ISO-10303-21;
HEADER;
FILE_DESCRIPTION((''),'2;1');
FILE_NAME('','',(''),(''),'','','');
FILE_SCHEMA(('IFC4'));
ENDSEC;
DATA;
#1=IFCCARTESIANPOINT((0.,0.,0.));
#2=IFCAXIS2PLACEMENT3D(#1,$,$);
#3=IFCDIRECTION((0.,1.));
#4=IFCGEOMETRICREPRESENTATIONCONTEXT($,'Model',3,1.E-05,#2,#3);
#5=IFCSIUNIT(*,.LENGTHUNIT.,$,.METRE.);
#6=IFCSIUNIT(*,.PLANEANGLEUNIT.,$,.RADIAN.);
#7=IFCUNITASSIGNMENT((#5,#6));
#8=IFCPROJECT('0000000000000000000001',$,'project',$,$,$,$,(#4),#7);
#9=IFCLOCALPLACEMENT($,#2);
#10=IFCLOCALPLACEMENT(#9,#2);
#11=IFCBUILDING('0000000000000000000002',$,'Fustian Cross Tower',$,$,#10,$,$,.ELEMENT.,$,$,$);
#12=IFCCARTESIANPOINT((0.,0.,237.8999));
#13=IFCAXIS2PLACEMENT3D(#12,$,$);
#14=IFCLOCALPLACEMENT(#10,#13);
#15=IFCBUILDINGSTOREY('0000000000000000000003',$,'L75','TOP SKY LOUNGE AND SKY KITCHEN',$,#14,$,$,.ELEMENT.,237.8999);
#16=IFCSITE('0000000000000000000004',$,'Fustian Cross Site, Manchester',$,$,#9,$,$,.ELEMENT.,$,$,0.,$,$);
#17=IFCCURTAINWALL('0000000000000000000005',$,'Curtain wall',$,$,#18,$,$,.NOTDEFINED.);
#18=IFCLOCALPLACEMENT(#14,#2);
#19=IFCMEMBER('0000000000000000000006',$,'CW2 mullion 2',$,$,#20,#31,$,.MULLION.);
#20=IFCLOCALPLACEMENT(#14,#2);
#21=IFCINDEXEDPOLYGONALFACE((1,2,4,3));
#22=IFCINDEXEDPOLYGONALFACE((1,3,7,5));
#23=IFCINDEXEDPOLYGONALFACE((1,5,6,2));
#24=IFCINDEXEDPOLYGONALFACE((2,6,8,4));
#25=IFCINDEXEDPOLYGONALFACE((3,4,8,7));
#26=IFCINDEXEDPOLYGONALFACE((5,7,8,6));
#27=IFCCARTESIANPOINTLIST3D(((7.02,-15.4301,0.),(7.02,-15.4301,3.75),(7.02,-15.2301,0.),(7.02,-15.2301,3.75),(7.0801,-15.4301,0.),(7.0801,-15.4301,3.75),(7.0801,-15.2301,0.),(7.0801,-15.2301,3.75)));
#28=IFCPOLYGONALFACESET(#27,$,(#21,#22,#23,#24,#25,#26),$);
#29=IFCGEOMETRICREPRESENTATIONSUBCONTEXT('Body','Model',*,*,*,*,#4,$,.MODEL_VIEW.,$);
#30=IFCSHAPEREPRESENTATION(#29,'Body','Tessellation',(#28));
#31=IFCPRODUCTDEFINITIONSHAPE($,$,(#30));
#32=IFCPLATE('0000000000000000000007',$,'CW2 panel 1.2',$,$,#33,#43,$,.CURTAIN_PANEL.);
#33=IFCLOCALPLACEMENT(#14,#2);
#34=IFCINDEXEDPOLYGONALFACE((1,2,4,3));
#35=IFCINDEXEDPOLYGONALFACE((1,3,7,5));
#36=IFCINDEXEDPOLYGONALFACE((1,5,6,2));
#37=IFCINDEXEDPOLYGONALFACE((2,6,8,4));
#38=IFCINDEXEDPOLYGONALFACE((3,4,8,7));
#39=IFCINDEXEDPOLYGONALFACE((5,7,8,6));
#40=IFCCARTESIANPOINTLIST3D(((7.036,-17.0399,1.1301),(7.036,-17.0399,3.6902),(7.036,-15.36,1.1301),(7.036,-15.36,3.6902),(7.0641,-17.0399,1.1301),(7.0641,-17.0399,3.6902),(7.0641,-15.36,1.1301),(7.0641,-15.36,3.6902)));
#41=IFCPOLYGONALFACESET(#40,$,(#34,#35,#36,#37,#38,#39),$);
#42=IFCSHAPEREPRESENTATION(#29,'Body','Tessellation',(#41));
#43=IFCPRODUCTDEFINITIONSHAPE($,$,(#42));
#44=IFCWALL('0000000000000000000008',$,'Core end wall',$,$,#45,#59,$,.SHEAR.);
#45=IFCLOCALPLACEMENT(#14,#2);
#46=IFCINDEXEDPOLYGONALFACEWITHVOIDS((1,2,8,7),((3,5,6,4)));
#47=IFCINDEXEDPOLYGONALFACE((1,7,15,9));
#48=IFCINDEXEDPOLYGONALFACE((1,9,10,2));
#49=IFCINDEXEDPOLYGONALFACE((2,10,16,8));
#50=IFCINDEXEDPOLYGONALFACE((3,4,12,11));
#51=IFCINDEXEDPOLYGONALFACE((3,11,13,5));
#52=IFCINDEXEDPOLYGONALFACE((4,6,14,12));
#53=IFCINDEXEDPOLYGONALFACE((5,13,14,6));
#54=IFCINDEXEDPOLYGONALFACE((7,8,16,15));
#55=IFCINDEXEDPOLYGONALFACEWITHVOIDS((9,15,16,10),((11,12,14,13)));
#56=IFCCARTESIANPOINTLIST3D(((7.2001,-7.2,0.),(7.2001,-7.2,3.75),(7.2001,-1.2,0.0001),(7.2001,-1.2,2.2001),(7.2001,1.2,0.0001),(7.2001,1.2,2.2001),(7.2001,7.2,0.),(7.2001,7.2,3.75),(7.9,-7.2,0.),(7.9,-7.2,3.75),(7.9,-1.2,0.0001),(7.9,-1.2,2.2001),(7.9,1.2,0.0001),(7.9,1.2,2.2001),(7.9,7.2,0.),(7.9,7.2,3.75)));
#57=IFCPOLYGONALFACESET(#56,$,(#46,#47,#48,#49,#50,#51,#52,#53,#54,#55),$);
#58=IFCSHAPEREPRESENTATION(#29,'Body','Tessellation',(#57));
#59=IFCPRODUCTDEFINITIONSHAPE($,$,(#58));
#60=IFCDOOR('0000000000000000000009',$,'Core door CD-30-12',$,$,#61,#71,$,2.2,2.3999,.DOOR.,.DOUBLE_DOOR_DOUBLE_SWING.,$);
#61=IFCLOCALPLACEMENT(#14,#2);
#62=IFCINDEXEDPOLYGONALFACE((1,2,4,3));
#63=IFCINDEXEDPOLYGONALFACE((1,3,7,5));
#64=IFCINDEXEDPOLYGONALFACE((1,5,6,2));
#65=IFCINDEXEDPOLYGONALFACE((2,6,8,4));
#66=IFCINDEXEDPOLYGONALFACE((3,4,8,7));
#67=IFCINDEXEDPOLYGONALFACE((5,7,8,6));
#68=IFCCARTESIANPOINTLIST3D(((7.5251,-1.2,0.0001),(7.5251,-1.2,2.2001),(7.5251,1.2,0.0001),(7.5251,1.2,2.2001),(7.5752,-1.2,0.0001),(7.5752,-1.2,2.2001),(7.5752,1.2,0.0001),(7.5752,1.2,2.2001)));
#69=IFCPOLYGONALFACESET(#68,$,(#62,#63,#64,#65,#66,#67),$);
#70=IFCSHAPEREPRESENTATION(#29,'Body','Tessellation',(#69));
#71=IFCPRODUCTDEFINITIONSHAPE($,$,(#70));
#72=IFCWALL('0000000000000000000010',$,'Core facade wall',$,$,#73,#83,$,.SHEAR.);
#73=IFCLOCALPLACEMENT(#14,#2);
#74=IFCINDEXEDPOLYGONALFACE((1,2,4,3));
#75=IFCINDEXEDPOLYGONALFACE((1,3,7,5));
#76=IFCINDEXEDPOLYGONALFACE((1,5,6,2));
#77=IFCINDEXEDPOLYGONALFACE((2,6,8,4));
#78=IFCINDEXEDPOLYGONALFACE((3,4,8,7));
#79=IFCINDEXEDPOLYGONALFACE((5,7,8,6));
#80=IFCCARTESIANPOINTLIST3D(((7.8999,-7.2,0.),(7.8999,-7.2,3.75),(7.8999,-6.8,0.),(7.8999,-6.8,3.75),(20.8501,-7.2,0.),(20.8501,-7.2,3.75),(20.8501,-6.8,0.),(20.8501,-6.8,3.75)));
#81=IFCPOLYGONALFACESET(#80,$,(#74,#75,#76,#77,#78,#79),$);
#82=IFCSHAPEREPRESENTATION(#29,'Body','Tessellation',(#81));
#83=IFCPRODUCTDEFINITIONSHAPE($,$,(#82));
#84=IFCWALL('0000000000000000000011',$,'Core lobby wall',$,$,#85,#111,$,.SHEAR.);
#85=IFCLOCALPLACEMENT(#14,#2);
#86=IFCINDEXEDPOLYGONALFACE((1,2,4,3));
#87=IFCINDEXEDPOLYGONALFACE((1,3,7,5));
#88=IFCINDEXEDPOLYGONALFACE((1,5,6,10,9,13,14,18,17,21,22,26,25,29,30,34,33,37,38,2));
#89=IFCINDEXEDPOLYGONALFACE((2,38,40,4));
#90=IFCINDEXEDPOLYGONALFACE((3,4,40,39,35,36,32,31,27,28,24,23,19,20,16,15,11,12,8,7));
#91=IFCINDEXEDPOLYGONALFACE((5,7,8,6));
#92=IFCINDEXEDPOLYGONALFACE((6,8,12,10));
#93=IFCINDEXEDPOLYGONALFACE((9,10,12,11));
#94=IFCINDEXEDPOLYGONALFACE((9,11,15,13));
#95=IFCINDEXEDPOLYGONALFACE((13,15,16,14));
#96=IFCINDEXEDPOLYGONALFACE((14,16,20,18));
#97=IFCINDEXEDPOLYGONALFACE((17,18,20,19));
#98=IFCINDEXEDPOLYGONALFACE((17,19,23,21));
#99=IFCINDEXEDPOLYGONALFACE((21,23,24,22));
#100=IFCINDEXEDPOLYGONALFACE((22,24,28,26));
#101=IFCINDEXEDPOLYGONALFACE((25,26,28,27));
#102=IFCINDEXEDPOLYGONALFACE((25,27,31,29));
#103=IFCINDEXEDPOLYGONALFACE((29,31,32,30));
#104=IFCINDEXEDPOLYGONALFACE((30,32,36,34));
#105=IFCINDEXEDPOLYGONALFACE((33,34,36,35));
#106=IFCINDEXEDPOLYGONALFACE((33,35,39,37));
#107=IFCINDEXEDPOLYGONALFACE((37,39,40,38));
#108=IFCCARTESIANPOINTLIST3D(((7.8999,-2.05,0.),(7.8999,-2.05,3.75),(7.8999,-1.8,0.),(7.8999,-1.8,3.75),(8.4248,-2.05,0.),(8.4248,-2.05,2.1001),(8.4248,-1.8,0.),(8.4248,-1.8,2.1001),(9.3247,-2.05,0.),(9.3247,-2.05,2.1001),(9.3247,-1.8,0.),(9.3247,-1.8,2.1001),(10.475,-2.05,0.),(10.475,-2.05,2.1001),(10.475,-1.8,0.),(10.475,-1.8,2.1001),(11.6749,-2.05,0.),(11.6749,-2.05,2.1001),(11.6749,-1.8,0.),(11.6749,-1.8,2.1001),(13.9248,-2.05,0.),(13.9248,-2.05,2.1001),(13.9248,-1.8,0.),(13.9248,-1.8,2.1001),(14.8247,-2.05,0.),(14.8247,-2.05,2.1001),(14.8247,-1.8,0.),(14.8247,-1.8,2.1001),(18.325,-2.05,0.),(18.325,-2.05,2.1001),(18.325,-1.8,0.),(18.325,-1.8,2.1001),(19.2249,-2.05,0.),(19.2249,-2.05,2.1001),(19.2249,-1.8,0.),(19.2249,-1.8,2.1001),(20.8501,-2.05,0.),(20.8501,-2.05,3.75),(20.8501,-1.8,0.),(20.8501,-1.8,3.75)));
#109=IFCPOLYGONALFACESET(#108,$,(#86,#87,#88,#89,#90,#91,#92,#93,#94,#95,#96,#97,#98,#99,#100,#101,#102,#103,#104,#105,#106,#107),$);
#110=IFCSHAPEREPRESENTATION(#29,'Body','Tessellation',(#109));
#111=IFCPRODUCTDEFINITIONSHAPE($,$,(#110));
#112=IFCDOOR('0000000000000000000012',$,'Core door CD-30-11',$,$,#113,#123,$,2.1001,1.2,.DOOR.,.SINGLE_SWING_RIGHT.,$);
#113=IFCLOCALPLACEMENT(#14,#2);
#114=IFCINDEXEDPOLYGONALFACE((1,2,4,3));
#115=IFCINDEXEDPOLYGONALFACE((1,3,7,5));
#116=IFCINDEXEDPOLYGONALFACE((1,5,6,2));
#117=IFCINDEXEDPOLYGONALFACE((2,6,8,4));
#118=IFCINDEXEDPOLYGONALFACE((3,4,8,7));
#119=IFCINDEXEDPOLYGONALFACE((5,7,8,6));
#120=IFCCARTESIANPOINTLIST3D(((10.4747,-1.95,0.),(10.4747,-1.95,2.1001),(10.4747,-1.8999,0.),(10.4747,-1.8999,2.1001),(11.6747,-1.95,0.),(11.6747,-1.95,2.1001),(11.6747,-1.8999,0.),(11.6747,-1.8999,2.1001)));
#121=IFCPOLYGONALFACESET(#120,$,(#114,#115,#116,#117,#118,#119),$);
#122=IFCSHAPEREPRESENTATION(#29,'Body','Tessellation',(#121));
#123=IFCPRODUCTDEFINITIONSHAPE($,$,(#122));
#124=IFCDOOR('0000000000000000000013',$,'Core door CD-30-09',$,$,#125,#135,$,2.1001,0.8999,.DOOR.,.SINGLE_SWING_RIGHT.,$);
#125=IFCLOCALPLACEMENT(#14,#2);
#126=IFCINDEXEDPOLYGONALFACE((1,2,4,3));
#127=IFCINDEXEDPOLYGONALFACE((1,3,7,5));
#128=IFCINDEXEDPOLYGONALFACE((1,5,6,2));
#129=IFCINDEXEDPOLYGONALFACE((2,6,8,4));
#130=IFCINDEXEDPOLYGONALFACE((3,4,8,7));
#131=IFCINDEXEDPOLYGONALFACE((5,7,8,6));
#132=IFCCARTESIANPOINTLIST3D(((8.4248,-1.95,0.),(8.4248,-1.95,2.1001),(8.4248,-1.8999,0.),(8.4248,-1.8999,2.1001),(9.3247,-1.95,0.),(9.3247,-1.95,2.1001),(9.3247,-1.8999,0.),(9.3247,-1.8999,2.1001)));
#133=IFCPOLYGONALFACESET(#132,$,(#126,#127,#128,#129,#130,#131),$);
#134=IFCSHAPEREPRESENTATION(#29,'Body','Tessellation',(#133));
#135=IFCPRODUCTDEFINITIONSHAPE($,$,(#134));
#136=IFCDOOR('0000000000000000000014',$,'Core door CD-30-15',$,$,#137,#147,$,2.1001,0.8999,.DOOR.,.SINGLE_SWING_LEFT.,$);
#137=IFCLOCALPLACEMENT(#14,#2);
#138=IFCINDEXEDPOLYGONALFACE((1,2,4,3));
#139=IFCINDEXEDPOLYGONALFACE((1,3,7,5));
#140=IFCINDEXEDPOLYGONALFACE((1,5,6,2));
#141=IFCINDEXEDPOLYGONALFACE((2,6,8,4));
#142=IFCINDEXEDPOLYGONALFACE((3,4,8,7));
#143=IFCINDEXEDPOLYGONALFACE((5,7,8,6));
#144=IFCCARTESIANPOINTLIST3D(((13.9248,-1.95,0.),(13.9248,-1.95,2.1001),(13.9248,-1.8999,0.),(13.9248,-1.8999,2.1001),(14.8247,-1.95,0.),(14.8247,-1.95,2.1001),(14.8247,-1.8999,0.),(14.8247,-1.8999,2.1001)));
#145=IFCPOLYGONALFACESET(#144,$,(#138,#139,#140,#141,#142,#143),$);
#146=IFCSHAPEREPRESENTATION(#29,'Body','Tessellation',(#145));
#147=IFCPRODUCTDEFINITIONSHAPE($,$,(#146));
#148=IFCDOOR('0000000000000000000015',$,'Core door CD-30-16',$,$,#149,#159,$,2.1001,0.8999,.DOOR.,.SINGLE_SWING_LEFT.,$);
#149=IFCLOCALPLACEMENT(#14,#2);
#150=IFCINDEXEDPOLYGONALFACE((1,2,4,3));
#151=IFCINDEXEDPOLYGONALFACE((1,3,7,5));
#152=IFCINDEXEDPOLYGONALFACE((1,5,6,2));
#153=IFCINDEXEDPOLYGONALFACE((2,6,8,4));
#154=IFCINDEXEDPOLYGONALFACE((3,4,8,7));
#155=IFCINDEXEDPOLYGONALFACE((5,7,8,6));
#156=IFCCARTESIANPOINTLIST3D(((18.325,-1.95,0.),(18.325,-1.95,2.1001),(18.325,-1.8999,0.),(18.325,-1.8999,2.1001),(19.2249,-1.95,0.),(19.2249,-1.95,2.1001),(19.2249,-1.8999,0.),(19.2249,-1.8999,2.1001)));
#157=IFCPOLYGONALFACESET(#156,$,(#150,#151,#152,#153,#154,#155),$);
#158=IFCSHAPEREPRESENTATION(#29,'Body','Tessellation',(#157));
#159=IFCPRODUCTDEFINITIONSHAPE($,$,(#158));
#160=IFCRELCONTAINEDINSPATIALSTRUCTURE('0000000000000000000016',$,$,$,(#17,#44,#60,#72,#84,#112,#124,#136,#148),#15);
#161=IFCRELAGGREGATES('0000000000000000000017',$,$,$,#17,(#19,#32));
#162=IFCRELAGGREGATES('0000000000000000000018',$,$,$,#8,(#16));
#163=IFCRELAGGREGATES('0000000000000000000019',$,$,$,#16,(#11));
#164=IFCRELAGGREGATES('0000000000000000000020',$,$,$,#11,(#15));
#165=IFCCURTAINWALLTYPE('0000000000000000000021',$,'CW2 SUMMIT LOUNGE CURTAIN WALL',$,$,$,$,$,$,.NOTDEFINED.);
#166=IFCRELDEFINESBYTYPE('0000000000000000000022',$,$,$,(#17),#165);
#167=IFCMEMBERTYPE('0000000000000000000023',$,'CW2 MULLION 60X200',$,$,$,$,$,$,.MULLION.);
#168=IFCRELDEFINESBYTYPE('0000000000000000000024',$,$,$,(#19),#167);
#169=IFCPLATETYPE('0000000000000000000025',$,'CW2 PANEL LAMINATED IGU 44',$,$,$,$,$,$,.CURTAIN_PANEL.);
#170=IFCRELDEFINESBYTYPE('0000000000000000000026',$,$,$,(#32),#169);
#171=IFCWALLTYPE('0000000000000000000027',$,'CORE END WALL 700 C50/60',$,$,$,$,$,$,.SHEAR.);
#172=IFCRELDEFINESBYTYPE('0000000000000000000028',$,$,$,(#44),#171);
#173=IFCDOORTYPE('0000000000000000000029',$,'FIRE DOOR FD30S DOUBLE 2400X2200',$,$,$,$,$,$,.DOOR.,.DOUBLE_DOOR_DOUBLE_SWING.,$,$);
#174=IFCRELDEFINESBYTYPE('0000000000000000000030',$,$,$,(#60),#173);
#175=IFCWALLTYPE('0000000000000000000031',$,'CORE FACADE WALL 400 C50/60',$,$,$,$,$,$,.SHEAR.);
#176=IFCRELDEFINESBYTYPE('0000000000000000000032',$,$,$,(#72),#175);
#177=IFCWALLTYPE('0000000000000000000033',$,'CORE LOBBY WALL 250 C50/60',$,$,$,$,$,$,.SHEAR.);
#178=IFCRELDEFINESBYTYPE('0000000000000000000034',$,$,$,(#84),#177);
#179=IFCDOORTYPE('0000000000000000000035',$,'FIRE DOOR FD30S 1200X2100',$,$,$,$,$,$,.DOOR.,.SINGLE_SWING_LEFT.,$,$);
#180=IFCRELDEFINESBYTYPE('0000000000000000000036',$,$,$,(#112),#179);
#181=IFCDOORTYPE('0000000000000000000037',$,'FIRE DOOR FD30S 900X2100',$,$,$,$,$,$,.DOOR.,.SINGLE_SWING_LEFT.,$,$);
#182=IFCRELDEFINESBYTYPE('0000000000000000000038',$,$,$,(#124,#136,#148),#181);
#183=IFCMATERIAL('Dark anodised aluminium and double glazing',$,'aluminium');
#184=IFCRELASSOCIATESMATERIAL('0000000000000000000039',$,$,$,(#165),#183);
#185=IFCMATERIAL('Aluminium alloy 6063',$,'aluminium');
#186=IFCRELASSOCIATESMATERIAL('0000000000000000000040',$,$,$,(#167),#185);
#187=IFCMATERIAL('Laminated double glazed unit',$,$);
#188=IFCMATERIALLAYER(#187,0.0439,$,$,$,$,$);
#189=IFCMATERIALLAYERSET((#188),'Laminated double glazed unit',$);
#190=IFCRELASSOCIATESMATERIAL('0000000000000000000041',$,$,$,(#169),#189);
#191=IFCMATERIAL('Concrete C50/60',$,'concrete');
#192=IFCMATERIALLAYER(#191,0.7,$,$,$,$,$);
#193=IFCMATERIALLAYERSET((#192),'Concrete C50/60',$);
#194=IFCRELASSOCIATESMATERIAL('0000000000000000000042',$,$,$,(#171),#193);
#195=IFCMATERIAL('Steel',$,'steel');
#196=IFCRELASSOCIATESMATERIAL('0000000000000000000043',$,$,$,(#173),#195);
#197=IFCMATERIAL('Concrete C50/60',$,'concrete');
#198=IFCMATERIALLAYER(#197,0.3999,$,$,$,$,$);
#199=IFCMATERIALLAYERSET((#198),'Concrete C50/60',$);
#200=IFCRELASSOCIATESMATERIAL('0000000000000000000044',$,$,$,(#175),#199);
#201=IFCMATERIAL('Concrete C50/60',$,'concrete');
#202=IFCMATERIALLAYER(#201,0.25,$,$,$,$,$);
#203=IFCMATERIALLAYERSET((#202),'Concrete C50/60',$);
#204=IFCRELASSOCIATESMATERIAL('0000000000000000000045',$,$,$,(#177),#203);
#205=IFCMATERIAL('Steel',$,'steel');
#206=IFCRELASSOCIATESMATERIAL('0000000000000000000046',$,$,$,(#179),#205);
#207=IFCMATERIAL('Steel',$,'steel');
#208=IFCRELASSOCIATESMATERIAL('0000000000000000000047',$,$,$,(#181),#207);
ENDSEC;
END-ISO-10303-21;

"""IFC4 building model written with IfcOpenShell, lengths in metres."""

from ifc_helpers import new_model, si_unit, direction, frame, frame_2d, origin, origin_2d, place, context, subcontext, project, spatial, rectangle, extrude, material, layer, layer_set, material_profile, profile_set, type_object, element, fill, aggregate, save


model = new_model("IFC4")

# Units and contexts
model_context = context("Model", 3, precision=1e-05, world=origin(), true_north=direction((0.0, 1.0)))
body_context = subcontext(model_context, "Body", "Model", "MODEL_VIEW")
ifc_project = project(units=[si_unit("LENGTHUNIT", "METRE"), si_unit("PLANEANGLEUNIT", "RADIAN")], contexts=[model_context])

# Site, building, storey
site_placement = place(None, origin())
site = spatial("IfcSite", under=ifc_project, at=site_placement, Name="Fustian Cross Site, Manchester", CompositionType="ELEMENT", RefElevation=0.0)
building_placement = place(site_placement, origin())
building = spatial("IfcBuilding", under=site, at=building_placement, Name="Fustian Cross Tower", CompositionType="ELEMENT")
storey_placement = place(building_placement, frame((0.0, 0.0, 237.8999)))
storey = spatial("IfcBuildingStorey", under=building, at=storey_placement, Name="L75", Description="TOP SKY LOUNGE AND SKY KITCHEN", CompositionType="ELEMENT", Elevation=237.8999)

# Curtain wall, member, plate
ifc_material_1 = material(Name="Dark anodised aluminium and double glazing", Category="aluminium")
curtain_wall_type = type_object("IfcCurtainWallType", Name="CW2 SUMMIT LOUNGE CURTAIN WALL", PredefinedType="NOTDEFINED", material=ifc_material_1)
curtain_wall_placement = place(storey_placement, origin())
curtain_wall = element("IfcCurtainWall", 1, at=curtain_wall_placement, inside=storey, type_object=curtain_wall_type, Name="Curtain wall", PredefinedType="NOTDEFINED")
ifc_material_2 = material(Name="Aluminium alloy 6063", Category="aluminium")
ifc_material_profile = material_profile(ifc_material_2, rectangle(XDim=0.0601, YDim=0.2, at=origin_2d()), Name="CW2 MULLION 60X200")
ifc_profile_set = profile_set([ifc_material_profile], Name="Aluminium alloy 6063")
member_type = type_object("IfcMemberType", Name="CW2 MULLION 60X200", PredefinedType="MULLION", material=ifc_profile_set)
member_placement = place(storey_placement, frame((7.05, -15.3301, 0.0), z_axis=(0.0, 0.0, 1.0), x_axis=(-1.0, 0.0, 0.0)))
member = element("IfcMember", 2, at=member_placement, type_object=member_type, Name="CW2 mullion 2", PredefinedType="MULLION", context=body_context, shape_type="SweptSolid", body=[
    extrude(rectangle(XDim=0.0601, YDim=0.2, at=origin_2d()), origin(), (0.0, 0.0, 1.0), 3.75),
])
ifc_material_3 = material(Name="Laminated double glazed unit")
ifc_layer_1 = layer(ifc_material_3, 0.0439)
ifc_layer_set_1 = layer_set([ifc_layer_1], Name="Laminated double glazed unit")
plate_type = type_object("IfcPlateType", Name="CW2 PANEL LAMINATED IGU 44", PredefinedType="CURTAIN_PANEL", material=ifc_layer_set_1)
plate_placement = place(storey_placement, frame((7.05, -16.2, 1.1301), z_axis=(0.0, 0.0, 1.0), x_axis=(0.0, 1.0, 0.0)))
plate = element("IfcPlate", 3, at=plate_placement, type_object=plate_type, Name="CW2 panel 1.2", PredefinedType="CURTAIN_PANEL", context=body_context, shape_type="SweptSolid", body=[
    extrude(rectangle(XDim=1.6799, YDim=0.0281, at=origin_2d()), origin(), (0.0, 0.0, 1.0), 2.5601),
])
aggregate(curtain_wall, [member, plate])

# Wall, opening, door
ifc_material_4 = material(Name="Concrete C50/60", Category="concrete")
ifc_layer_2 = layer(ifc_material_4, 0.7)
ifc_layer_set_2 = layer_set([ifc_layer_2], Name="Concrete C50/60")
wall_type_1 = type_object("IfcWallType", Name="CORE END WALL 700 C50/60", PredefinedType="SHEAR", material=ifc_layer_set_2)
wall_1_placement = place(storey_placement, frame((7.55, -7.2, 0.0), z_axis=(0.0, 0.0, 1.0), x_axis=(0.0, 1.0, 0.0)))
wall_1 = element("IfcWall", 4, at=wall_1_placement, inside=storey, type_object=wall_type_1, Name="Core end wall", PredefinedType="SHEAR", context=body_context, shape_type="SweptSolid", body=[
    extrude(rectangle(XDim=14.3999, YDim=0.7, at=frame_2d((7.2, 0.0))), origin(), (0.0, 0.0, 1.0), 3.75),
])
opening_1_placement = place(wall_1_placement, frame((6.0, 0.0, 0.0)))
opening_1 = element("IfcOpeningElement", 5, at=opening_1_placement, cuts=wall_1, PredefinedType="OPENING", context=body_context, shape_type="SweptSolid", body=[
    extrude(rectangle(XDim=2.3999, YDim=2.2, at=frame_2d((1.2, 1.1001))), frame((0.0, 0.3599, 0.0), z_axis=(0.0, -1.0, 0.0), x_axis=(1.0, 0.0, 0.0)), (0.0, 0.0, 1.0), 0.72),
])
ifc_material_5 = material(Name="Steel", Category="steel")
door_type_1 = type_object("IfcDoorType", Name="FIRE DOOR FD30S DOUBLE 2400X2200", OperationType="DOUBLE_DOOR_DOUBLE_SWING", PredefinedType="DOOR", material=ifc_material_5)
door_1_placement = place(opening_1_placement, origin())
door_1 = element("IfcDoor", 6, at=door_1_placement, inside=storey, type_object=door_type_1, Name="Core door CD-30-12", OperationType="DOUBLE_DOOR_DOUBLE_SWING", OverallHeight=2.2, OverallWidth=2.3999, PredefinedType="DOOR", context=body_context, shape_type="SweptSolid", body=[
    extrude(rectangle(XDim=2.3999, YDim=2.2, at=frame_2d((1.2, 1.1001))), frame((0.0, 0.0249, 0.0), z_axis=(0.0, -1.0, 0.0), x_axis=(1.0, 0.0, 0.0)), (0.0, 0.0, 1.0), 0.05),
])
fill(opening_1, door_1)

# Wall
ifc_material_6 = material(Name="Concrete C50/60", Category="concrete")
ifc_layer_3 = layer(ifc_material_6, 0.3999)
ifc_layer_set_3 = layer_set([ifc_layer_3], Name="Concrete C50/60")
wall_type_2 = type_object("IfcWallType", Name="CORE FACADE WALL 400 C50/60", PredefinedType="SHEAR", material=ifc_layer_set_3)
wall_2_placement = place(storey_placement, frame((7.8999, -7.0, 0.0), z_axis=(0.0, 0.0, 1.0), x_axis=(1.0, 0.0, 0.0)))
element("IfcWall", 7, at=wall_2_placement, inside=storey, type_object=wall_type_2, Name="Core facade wall", PredefinedType="SHEAR", context=body_context, shape_type="SweptSolid", body=[
    extrude(rectangle(XDim=12.9502, YDim=0.3999, at=frame_2d((6.4751, 0.0))), origin(), (0.0, 0.0, 1.0), 3.75),
])

# Wall, openings, doors
ifc_material_7 = material(Name="Concrete C50/60", Category="concrete")
ifc_layer_4 = layer(ifc_material_7, 0.25)
ifc_layer_set_4 = layer_set([ifc_layer_4], Name="Concrete C50/60")
wall_type_3 = type_object("IfcWallType", Name="CORE LOBBY WALL 250 C50/60", PredefinedType="SHEAR", material=ifc_layer_set_4)
wall_3_placement = place(storey_placement, frame((7.8999, -1.925, 0.0), z_axis=(0.0, 0.0, 1.0), x_axis=(1.0, 0.0, 0.0)))
wall_3 = element("IfcWall", 8, at=wall_3_placement, inside=storey, type_object=wall_type_3, Name="Core lobby wall", PredefinedType="SHEAR", context=body_context, shape_type="SweptSolid", body=[
    extrude(rectangle(XDim=12.9502, YDim=0.25, at=frame_2d((6.4751, 0.0))), origin(), (0.0, 0.0, 1.0), 3.75),
])
opening_2_placement = place(wall_3_placement, frame((0.5249, 0.0, 0.0)))
opening_2 = element("IfcOpeningElement", 9, at=opening_2_placement, cuts=wall_3, PredefinedType="OPENING", context=body_context, shape_type="SweptSolid", body=[
    extrude(rectangle(XDim=0.8999, YDim=2.1001, at=frame_2d((0.45, 1.05))), frame((0.0, 0.135, 0.0), z_axis=(0.0, -1.0, 0.0), x_axis=(1.0, 0.0, 0.0)), (0.0, 0.0, 1.0), 0.27),
])
opening_3_placement = place(wall_3_placement, frame((2.575, 0.0, 0.0)))
opening_3 = element("IfcOpeningElement", 10, at=opening_3_placement, cuts=wall_3, PredefinedType="OPENING", context=body_context, shape_type="SweptSolid", body=[
    extrude(rectangle(XDim=1.2, YDim=2.1001, at=frame_2d((0.6001, 1.05))), frame((0.0, 0.135, 0.0), z_axis=(0.0, -1.0, 0.0), x_axis=(1.0, 0.0, 0.0)), (0.0, 0.0, 1.0), 0.27),
])
opening_4_placement = place(wall_3_placement, frame((6.0249, 0.0, 0.0)))
opening_4 = element("IfcOpeningElement", 11, at=opening_4_placement, cuts=wall_3, PredefinedType="OPENING", context=body_context, shape_type="SweptSolid", body=[
    extrude(rectangle(XDim=0.8999, YDim=2.1001, at=frame_2d((0.45, 1.05))), frame((0.0, 0.135, 0.0), z_axis=(0.0, -1.0, 0.0), x_axis=(1.0, 0.0, 0.0)), (0.0, 0.0, 1.0), 0.27),
])
opening_5_placement = place(wall_3_placement, frame((10.425, 0.0, 0.0)))
opening_5 = element("IfcOpeningElement", 12, at=opening_5_placement, cuts=wall_3, PredefinedType="OPENING", context=body_context, shape_type="SweptSolid", body=[
    extrude(rectangle(XDim=0.8999, YDim=2.1001, at=frame_2d((0.45, 1.05))), frame((0.0, 0.135, 0.0), z_axis=(0.0, -1.0, 0.0), x_axis=(1.0, 0.0, 0.0)), (0.0, 0.0, 1.0), 0.27),
])
ifc_material_8 = material(Name="Steel", Category="steel")
door_type_2 = type_object("IfcDoorType", Name="FIRE DOOR FD30S 1200X2100", OperationType="SINGLE_SWING_LEFT", PredefinedType="DOOR", material=ifc_material_8)
door_2_placement = place(opening_3_placement, frame((1.2, 0.0, 0.0), z_axis=(0.0, 0.0, 1.0), x_axis=(-1.0, 0.0, 0.0)))
door_2 = element("IfcDoor", 13, at=door_2_placement, inside=storey, type_object=door_type_2, Name="Core door CD-30-11", OperationType="SINGLE_SWING_RIGHT", OverallHeight=2.1001, OverallWidth=1.2, PredefinedType="DOOR", context=body_context, shape_type="SweptSolid", body=[
    extrude(rectangle(XDim=1.2, YDim=2.1001, at=frame_2d((0.6001, 1.05))), frame((0.0, 0.0249, 0.0), z_axis=(0.0, -1.0, 0.0), x_axis=(1.0, 0.0, 0.0)), (0.0, 0.0, 1.0), 0.05),
])
fill(opening_3, door_2)
ifc_material_9 = material(Name="Steel", Category="steel")
door_type_3 = type_object("IfcDoorType", Name="FIRE DOOR FD30S 900X2100", OperationType="SINGLE_SWING_LEFT", PredefinedType="DOOR", material=ifc_material_9)
door_3_placement = place(opening_2_placement, frame((0.8999, 0.0, 0.0), z_axis=(0.0, 0.0, 1.0), x_axis=(-1.0, 0.0, 0.0)))
door_3 = element("IfcDoor", 14, at=door_3_placement, inside=storey, type_object=door_type_3, Name="Core door CD-30-09", OperationType="SINGLE_SWING_RIGHT", OverallHeight=2.1001, OverallWidth=0.8999, PredefinedType="DOOR", context=body_context, shape_type="SweptSolid", body=[
    extrude(rectangle(XDim=0.8999, YDim=2.1001, at=frame_2d((0.45, 1.05))), frame((0.0, 0.0249, 0.0), z_axis=(0.0, -1.0, 0.0), x_axis=(1.0, 0.0, 0.0)), (0.0, 0.0, 1.0), 0.05),
])
fill(opening_2, door_3)
door_4_placement = place(opening_4_placement, frame((0.8999, 0.0, 0.0), z_axis=(0.0, 0.0, 1.0), x_axis=(-1.0, 0.0, 0.0)))
door_4 = element("IfcDoor", 15, at=door_4_placement, inside=storey, type_object=door_type_3, Name="Core door CD-30-15", OperationType="SINGLE_SWING_LEFT", OverallHeight=2.1001, OverallWidth=0.8999, PredefinedType="DOOR", context=body_context, shape_type="SweptSolid", body=[
    extrude(rectangle(XDim=0.8999, YDim=2.1001, at=frame_2d((0.45, 1.05))), frame((0.0, 0.0249, 0.0), z_axis=(0.0, -1.0, 0.0), x_axis=(1.0, 0.0, 0.0)), (0.0, 0.0, 1.0), 0.05),
])
fill(opening_4, door_4)
door_5_placement = place(opening_5_placement, frame((0.8999, 0.0, 0.0), z_axis=(0.0, 0.0, 1.0), x_axis=(-1.0, 0.0, 0.0)))
door_5 = element("IfcDoor", 16, at=door_5_placement, inside=storey, type_object=door_type_3, Name="Core door CD-30-16", OperationType="SINGLE_SWING_LEFT", OverallHeight=2.1001, OverallWidth=0.8999, PredefinedType="DOOR", context=body_context, shape_type="SweptSolid", body=[
    extrude(rectangle(XDim=0.8999, YDim=2.1001, at=frame_2d((0.45, 1.05))), frame((0.0, 0.0249, 0.0), z_axis=(0.0, -1.0, 0.0), x_axis=(1.0, 0.0, 0.0)), (0.0, 0.0, 1.0), 0.05),
])
fill(opening_5, door_5)

save(model, "model.ifc")
